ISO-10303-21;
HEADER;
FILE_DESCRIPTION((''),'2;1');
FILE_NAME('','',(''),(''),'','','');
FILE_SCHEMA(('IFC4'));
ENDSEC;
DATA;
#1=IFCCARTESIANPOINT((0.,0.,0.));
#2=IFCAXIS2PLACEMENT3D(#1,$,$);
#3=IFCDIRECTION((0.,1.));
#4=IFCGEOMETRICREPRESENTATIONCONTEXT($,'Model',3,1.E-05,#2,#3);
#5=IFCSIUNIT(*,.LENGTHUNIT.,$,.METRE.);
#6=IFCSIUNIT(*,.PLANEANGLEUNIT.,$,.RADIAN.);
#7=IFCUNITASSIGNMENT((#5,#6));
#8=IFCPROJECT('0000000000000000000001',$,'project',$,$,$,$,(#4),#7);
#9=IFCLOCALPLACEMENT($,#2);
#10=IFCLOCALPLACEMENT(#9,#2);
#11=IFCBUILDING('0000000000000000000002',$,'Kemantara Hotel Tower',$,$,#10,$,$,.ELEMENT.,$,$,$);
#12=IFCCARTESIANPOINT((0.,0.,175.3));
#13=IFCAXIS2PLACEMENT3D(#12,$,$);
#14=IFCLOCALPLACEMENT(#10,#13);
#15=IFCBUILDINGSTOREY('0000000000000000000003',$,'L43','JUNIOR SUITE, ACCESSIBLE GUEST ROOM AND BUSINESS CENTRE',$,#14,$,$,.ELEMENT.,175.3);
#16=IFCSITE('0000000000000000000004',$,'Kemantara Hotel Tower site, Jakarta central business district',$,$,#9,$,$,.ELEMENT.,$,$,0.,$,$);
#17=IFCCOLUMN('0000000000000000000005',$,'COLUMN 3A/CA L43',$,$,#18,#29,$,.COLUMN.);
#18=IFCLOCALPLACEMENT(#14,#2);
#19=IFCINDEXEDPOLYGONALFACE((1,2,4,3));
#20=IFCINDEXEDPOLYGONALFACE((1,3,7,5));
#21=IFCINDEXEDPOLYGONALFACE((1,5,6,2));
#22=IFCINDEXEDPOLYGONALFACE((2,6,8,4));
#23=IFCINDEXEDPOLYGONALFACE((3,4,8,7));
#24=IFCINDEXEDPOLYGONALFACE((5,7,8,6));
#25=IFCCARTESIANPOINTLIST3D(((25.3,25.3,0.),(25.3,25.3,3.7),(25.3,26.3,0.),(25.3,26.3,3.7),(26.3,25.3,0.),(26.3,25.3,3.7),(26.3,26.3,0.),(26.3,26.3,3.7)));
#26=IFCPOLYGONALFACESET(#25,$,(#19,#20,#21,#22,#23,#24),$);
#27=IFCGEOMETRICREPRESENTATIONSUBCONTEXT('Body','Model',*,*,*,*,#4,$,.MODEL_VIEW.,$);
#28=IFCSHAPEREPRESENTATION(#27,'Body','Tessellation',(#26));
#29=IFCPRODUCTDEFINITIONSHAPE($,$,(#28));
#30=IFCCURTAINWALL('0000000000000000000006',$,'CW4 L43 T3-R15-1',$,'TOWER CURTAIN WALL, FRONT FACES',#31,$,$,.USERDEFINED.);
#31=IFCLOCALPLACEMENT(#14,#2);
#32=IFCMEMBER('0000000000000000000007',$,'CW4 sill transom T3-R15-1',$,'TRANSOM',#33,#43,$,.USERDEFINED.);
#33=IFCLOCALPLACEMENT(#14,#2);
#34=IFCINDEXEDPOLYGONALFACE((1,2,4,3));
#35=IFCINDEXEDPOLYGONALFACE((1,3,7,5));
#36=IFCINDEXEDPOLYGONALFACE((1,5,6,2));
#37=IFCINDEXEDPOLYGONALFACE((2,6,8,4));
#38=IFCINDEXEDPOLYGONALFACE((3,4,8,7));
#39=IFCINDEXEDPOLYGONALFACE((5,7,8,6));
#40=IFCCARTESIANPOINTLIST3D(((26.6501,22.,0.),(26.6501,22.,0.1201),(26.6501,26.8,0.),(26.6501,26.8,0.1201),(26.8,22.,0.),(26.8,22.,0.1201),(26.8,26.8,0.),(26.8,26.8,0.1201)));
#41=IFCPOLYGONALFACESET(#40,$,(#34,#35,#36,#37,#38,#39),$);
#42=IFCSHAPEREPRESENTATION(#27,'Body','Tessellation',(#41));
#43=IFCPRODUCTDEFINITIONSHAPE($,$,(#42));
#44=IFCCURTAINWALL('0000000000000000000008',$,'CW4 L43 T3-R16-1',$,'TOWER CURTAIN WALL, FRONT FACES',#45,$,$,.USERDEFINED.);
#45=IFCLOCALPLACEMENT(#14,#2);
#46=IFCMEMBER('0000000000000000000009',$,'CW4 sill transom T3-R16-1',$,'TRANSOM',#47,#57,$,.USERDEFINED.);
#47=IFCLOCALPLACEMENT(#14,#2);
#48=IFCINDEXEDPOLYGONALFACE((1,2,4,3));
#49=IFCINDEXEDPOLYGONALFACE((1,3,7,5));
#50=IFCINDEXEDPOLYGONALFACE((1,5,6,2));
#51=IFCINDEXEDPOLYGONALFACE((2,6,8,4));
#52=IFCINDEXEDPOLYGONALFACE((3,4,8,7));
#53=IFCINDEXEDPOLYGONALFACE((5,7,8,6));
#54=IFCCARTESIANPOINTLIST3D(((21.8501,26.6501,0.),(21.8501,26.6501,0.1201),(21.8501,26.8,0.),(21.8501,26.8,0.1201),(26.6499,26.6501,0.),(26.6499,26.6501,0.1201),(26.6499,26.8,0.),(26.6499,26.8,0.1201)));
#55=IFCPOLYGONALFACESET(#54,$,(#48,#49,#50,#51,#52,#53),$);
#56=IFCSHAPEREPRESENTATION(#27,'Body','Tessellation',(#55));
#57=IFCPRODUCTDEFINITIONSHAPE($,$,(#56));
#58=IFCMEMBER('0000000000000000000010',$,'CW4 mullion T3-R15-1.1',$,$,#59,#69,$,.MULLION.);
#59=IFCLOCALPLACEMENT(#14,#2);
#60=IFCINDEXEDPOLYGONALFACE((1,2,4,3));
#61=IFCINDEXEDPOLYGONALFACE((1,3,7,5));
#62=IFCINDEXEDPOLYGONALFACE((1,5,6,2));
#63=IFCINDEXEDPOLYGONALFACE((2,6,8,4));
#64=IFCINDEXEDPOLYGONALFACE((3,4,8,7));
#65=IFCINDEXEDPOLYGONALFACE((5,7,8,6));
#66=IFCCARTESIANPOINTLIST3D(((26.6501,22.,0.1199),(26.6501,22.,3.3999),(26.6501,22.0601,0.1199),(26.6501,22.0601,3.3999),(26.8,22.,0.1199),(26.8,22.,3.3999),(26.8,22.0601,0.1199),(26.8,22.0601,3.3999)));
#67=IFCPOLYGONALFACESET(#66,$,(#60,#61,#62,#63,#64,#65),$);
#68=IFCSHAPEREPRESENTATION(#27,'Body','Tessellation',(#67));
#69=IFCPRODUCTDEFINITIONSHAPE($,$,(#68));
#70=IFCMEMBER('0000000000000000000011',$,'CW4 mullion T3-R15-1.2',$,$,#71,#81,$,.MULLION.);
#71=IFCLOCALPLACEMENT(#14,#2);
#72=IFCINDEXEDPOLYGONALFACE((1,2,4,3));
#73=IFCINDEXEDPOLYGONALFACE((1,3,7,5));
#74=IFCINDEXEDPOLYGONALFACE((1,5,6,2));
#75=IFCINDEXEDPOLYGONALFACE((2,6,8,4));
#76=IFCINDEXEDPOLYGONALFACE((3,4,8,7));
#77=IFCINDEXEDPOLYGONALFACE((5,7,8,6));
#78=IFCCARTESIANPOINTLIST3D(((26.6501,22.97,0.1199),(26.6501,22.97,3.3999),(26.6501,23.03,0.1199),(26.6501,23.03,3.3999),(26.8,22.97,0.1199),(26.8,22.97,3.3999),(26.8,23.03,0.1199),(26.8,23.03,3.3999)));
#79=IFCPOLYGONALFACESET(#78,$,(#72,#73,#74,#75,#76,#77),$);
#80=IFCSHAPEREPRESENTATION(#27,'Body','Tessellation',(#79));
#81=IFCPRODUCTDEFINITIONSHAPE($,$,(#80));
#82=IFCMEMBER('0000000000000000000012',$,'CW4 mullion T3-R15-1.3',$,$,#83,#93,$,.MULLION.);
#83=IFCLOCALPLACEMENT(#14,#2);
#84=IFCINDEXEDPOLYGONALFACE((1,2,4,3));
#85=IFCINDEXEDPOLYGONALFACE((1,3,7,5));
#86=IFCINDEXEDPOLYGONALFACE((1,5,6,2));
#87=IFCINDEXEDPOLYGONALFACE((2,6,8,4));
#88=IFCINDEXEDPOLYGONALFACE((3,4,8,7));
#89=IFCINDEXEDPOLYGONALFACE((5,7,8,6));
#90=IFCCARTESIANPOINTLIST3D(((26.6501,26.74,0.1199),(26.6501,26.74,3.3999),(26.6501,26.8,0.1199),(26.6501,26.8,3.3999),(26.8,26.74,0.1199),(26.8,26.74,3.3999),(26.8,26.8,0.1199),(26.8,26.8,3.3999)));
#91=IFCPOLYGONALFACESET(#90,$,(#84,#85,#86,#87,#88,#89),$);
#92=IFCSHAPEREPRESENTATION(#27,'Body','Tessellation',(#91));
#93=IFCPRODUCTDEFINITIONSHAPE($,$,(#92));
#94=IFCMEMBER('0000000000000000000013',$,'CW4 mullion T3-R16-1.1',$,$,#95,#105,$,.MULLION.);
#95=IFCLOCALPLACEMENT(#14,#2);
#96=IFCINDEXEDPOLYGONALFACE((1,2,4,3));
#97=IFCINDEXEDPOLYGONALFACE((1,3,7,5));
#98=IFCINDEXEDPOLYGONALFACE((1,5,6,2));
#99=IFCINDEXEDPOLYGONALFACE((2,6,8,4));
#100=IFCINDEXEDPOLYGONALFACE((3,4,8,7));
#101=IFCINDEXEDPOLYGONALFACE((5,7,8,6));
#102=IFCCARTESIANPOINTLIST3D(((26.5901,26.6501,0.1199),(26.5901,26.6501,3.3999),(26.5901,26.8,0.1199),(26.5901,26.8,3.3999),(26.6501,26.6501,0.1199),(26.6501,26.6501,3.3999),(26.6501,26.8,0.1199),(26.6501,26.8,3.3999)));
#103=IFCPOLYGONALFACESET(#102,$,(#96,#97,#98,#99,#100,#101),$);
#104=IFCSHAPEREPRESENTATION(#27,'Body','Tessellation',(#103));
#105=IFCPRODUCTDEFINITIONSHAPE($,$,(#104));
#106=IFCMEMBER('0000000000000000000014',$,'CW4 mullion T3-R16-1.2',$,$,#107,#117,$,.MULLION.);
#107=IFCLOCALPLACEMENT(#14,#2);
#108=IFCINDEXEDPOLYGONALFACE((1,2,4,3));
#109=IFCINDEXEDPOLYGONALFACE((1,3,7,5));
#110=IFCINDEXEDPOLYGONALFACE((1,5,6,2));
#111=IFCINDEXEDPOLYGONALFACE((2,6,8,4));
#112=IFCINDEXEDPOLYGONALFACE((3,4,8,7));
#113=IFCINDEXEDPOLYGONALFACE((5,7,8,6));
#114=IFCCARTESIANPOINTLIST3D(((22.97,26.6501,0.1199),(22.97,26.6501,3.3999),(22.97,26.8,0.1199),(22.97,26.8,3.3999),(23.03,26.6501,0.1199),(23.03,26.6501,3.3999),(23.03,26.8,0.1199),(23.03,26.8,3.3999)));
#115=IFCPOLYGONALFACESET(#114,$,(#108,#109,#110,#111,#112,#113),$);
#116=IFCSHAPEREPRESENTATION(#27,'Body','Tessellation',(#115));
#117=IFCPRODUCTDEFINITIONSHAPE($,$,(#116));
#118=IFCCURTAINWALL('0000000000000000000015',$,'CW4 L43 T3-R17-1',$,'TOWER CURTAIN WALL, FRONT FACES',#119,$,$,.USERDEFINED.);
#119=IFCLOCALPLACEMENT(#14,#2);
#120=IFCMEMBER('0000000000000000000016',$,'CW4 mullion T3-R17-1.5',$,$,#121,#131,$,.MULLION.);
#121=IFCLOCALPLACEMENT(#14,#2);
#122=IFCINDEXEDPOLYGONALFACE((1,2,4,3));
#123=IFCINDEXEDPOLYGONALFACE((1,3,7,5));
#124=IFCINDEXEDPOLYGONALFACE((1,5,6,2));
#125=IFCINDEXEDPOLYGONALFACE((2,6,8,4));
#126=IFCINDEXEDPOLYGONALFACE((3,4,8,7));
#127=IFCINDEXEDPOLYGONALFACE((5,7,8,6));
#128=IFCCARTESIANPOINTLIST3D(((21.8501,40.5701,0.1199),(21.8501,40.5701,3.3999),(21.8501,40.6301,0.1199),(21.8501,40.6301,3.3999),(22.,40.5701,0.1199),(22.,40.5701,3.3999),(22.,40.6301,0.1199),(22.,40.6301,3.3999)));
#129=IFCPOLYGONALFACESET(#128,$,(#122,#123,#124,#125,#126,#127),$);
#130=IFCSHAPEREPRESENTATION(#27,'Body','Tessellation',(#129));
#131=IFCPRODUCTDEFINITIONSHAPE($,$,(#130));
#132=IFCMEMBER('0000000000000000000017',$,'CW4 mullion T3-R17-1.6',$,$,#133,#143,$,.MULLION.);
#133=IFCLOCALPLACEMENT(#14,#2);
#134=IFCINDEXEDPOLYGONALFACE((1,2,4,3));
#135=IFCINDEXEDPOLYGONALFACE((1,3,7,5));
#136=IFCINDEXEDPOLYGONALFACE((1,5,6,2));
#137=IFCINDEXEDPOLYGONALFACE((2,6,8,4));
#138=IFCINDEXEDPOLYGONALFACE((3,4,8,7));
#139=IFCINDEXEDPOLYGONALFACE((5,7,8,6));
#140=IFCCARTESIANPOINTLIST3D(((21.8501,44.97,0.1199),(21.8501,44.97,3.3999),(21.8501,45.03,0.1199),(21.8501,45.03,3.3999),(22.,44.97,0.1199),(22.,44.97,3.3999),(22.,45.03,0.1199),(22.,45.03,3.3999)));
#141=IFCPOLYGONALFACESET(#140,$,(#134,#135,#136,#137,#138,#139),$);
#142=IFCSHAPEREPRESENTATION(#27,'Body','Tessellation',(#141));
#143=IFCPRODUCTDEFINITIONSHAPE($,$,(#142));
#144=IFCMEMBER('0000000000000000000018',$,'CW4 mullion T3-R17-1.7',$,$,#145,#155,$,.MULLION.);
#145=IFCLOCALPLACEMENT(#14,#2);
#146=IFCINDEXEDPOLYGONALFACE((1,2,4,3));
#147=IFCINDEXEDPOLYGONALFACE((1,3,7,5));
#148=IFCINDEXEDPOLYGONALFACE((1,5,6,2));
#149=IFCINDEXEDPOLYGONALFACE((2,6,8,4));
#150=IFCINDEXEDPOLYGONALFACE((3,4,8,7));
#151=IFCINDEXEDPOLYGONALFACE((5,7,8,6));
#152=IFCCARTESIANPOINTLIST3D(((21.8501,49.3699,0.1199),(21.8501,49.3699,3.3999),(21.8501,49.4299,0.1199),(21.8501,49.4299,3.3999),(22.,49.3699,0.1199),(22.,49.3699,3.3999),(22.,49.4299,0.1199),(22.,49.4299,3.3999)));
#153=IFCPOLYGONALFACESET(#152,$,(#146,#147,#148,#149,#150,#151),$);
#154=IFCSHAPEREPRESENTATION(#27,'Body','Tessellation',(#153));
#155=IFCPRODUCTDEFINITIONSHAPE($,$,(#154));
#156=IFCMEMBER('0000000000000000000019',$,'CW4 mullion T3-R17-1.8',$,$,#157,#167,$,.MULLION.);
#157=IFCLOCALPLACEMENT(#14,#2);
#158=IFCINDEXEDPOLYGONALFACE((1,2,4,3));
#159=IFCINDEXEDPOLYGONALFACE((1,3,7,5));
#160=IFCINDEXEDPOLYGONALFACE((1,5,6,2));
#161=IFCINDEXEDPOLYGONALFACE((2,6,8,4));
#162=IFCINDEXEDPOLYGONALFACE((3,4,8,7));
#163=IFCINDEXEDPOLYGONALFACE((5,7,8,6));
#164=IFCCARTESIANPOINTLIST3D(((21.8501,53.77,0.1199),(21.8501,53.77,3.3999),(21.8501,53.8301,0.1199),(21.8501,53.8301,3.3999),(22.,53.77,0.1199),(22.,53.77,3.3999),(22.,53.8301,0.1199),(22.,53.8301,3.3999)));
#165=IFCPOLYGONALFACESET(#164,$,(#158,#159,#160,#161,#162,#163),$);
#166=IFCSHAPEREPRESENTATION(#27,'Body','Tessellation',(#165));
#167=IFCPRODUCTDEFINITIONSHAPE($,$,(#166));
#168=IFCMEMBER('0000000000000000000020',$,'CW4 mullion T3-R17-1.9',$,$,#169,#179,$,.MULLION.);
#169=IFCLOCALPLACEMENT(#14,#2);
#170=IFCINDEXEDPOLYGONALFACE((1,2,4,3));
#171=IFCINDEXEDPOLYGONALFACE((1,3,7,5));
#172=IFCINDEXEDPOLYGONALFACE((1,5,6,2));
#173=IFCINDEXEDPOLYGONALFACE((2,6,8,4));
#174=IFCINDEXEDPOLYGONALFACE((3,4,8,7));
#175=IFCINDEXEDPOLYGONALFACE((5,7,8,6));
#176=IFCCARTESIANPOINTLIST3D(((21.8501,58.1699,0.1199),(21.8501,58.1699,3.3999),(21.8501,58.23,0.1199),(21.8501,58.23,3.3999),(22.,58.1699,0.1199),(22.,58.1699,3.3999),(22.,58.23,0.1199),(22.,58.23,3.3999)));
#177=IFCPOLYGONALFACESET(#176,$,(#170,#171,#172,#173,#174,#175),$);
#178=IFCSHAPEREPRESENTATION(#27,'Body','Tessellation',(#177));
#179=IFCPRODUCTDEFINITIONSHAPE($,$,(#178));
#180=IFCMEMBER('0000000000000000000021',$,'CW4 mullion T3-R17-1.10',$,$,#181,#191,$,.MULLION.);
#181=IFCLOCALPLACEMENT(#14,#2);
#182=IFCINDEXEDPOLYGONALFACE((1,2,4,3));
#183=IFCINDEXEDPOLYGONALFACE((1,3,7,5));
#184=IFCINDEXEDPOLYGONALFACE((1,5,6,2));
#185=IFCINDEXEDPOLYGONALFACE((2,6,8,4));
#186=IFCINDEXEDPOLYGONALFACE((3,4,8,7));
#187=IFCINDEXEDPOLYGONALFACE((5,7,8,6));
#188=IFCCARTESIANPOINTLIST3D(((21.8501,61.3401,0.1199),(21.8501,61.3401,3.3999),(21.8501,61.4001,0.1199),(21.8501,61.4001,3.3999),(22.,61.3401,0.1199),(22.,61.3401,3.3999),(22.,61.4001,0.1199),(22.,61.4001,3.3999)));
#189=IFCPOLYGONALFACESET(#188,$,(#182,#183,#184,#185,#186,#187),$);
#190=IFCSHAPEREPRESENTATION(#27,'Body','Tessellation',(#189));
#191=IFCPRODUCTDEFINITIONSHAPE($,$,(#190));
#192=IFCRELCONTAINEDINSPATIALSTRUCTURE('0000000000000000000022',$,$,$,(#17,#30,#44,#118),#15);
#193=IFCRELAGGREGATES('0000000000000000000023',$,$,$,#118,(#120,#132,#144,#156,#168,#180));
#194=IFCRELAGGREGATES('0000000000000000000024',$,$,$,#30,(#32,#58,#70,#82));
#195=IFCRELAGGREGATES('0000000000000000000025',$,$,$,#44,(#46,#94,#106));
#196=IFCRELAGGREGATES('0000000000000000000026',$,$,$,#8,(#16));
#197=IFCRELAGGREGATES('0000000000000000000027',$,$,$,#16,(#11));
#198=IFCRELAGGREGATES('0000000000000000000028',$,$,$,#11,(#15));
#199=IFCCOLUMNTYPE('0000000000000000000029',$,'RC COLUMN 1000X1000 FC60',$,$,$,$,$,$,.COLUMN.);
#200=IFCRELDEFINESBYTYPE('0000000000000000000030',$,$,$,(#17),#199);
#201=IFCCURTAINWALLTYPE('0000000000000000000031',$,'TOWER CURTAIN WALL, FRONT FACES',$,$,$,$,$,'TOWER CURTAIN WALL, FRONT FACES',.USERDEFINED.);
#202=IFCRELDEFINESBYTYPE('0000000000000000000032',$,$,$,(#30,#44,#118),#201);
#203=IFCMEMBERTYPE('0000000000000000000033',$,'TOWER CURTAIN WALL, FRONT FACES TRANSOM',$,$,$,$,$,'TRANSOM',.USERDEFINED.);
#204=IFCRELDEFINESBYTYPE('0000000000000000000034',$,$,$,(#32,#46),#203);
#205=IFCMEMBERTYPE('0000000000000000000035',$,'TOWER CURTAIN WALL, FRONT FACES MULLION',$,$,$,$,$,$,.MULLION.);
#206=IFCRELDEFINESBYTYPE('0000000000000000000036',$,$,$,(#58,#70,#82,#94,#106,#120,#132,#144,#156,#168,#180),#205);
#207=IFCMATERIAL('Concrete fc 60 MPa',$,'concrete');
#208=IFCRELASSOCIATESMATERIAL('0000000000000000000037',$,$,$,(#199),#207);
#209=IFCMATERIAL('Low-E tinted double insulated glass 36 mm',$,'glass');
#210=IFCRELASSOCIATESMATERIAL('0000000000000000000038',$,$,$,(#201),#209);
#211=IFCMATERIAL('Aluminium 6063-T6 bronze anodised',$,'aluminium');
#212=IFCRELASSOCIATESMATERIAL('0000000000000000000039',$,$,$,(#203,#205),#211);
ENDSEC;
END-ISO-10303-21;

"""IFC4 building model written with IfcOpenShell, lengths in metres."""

from ifc_helpers import new_model, si_unit, direction, frame, origin, origin_2d, place, context, subcontext, project, spatial, rectangle, extrude, source, transform, mapped, material, material_profile, profile_set, type_object, element, aggregate, save


model = new_model("IFC4")

# Units and contexts
model_context = context("Model", 3, precision=1e-05, world=origin(), true_north=direction((0.0, 1.0)))
body_context = subcontext(model_context, "Body", "Model", "MODEL_VIEW")
ifc_project = project(units=[si_unit("LENGTHUNIT", "METRE"), si_unit("PLANEANGLEUNIT", "RADIAN")], contexts=[model_context])

# Site, building, storey
site_placement = place(None, origin())
site = spatial("IfcSite", under=ifc_project, at=site_placement, Name="Kemantara Hotel Tower site, Jakarta central business district", CompositionType="ELEMENT", RefElevation=0.0)
building_placement = place(site_placement, origin())
building = spatial("IfcBuilding", under=site, at=building_placement, Name="Kemantara Hotel Tower", CompositionType="ELEMENT")
storey_placement = place(building_placement, frame((0.0, 0.0, 175.3)))
storey = spatial("IfcBuildingStorey", under=building, at=storey_placement, Name="L43", Description="JUNIOR SUITE, ACCESSIBLE GUEST ROOM AND BUSINESS CENTRE", CompositionType="ELEMENT", Elevation=175.3)

# Column
ifc_material_1 = material(Name="Concrete fc 60 MPa", Category="concrete")
ifc_material_profile_1 = material_profile(ifc_material_1, rectangle(XDim=1.0, YDim=1.0, at=origin_2d()), Name="RC 1000X1000")
ifc_profile_set_1 = profile_set([ifc_material_profile_1], Name="Concrete fc 60 MPa")
column_type = type_object("IfcColumnType", Name="RC COLUMN 1000X1000 FC60", PredefinedType="COLUMN", material=ifc_profile_set_1)
column_placement = place(storey_placement, frame((25.8, 25.8, 0.0), z_axis=(0.0, 0.0, 1.0), x_axis=(1.0, 0.0, 0.0)))
element("IfcColumn", 1, at=column_placement, inside=storey, type_object=column_type, Name="COLUMN 3A/CA L43", PredefinedType="COLUMN", context=body_context, shape_type="SweptSolid", body=[
    extrude(rectangle(XDim=1.0, YDim=1.0, at=origin_2d()), origin(), (0.0, 0.0, 1.0), 3.7),
])

# Curtain walls, members
ifc_material_2 = material(Name="Low-E tinted double insulated glass 36 mm", Category="glass")
curtain_wall_type = type_object("IfcCurtainWallType", Name="TOWER CURTAIN WALL, FRONT FACES", ElementType="TOWER CURTAIN WALL, FRONT FACES", PredefinedType="USERDEFINED", material=ifc_material_2)
curtain_wall_1_placement = place(storey_placement, origin())
curtain_wall_1 = element("IfcCurtainWall", 2, at=curtain_wall_1_placement, inside=storey, type_object=curtain_wall_type, Name="CW4 L43 T3-R15-1", ObjectType="TOWER CURTAIN WALL, FRONT FACES", PredefinedType="USERDEFINED")
ifc_material_3 = material(Name="Aluminium 6063-T6 bronze anodised", Category="aluminium")
ifc_material_profile_2 = material_profile(ifc_material_3, rectangle(XDim=0.1499, YDim=0.1201, at=origin_2d()), Name="TOWER CURTAIN WALL, FRONT FACES TRANSOM")
ifc_profile_set_2 = profile_set([ifc_material_profile_2], Name="Aluminium 6063-T6 bronze anodised")
member_type_1 = type_object("IfcMemberType", Name="TOWER CURTAIN WALL, FRONT FACES TRANSOM", ElementType="TRANSOM", PredefinedType="USERDEFINED", material=ifc_profile_set_2)
member_1_placement = place(storey_placement, frame((26.7251, 22.0, 0.0601), z_axis=(0.0, 1.0, 0.0), x_axis=(-1.0, 0.0, 0.0)))
member_1 = element("IfcMember", 3, at=member_1_placement, type_object=member_type_1, Name="CW4 sill transom T3-R15-1", ObjectType="TRANSOM", PredefinedType="USERDEFINED", context=body_context, shape_type="SweptSolid", body=[
    extrude(rectangle(XDim=0.1499, YDim=0.1201, at=origin_2d()), origin(), (0.0, 0.0, 1.0), 4.8),
])
curtain_wall_2_placement = place(storey_placement, origin())
curtain_wall_2 = element("IfcCurtainWall", 4, at=curtain_wall_2_placement, inside=storey, type_object=curtain_wall_type, Name="CW4 L43 T3-R16-1", ObjectType="TOWER CURTAIN WALL, FRONT FACES", PredefinedType="USERDEFINED")
member_2_placement = place(storey_placement, frame((26.6499, 26.7251, 0.0601), z_axis=(-1.0, 0.0, 0.0), x_axis=(0.0, -1.0, 0.0)))
member_2 = element("IfcMember", 5, at=member_2_placement, type_object=member_type_1, Name="CW4 sill transom T3-R16-1", ObjectType="TRANSOM", PredefinedType="USERDEFINED", context=body_context, shape_type="SweptSolid", body=[
    extrude(rectangle(XDim=0.1499, YDim=0.1201, at=origin_2d()), origin(), (0.0, 0.0, 1.0), 4.7998),
])

# Members
ifc_material_profile_3 = material_profile(ifc_material_3, rectangle(XDim=0.1499, YDim=0.0601, at=origin_2d()), Name="TOWER CURTAIN WALL, FRONT FACES MULLION")
ifc_profile_set_3 = profile_set([ifc_material_profile_3], Name="Aluminium 6063-T6 bronze anodised")
member_type_2 = type_object("IfcMemberType", Name="TOWER CURTAIN WALL, FRONT FACES MULLION", PredefinedType="MULLION", material=ifc_profile_set_3)
shared_shape_1 = source(origin(), body_context, "Body", "SweptSolid", [
    extrude(rectangle(XDim=0.1499, YDim=0.0601, at=origin_2d()), origin(), (0.0, 0.0, 1.0), 3.28),
])
member_3_placement = place(storey_placement, frame((26.7251, 22.03, 0.1199), z_axis=(0.0, 0.0, 1.0), x_axis=(-1.0, 0.0, 0.0)))
member_3 = element("IfcMember", 6, at=member_3_placement, type_object=member_type_2, Name="CW4 mullion T3-R15-1.1", PredefinedType="MULLION", context=body_context, shape_type="MappedRepresentation", body=[
    mapped(shared_shape_1, transform((0.0, 0.0, 0.0))),
])
member_4_placement = place(storey_placement, frame((26.7251, 23.0, 0.1199), z_axis=(0.0, 0.0, 1.0), x_axis=(-1.0, 0.0, 0.0)))
member_4 = element("IfcMember", 7, at=member_4_placement, type_object=member_type_2, Name="CW4 mullion T3-R15-1.2", PredefinedType="MULLION", context=body_context, shape_type="MappedRepresentation", body=[
    mapped(shared_shape_1, transform((0.0, 0.0, 0.0))),
])
member_5_placement = place(storey_placement, frame((26.7251, 26.77, 0.1199), z_axis=(0.0, 0.0, 1.0), x_axis=(-1.0, 0.0, 0.0)))
member_5 = element("IfcMember", 8, at=member_5_placement, type_object=member_type_2, Name="CW4 mullion T3-R15-1.3", PredefinedType="MULLION", context=body_context, shape_type="MappedRepresentation", body=[
    mapped(shared_shape_1, transform((0.0, 0.0, 0.0))),
])
member_6_placement = place(storey_placement, frame((26.6201, 26.7251, 0.1199), z_axis=(0.0, 0.0, 1.0), x_axis=(0.0, -1.0, 0.0)))
member_6 = element("IfcMember", 9, at=member_6_placement, type_object=member_type_2, Name="CW4 mullion T3-R16-1.1", PredefinedType="MULLION", context=body_context, shape_type="MappedRepresentation", body=[
    mapped(shared_shape_1, transform((0.0, 0.0, 0.0))),
])
member_7_placement = place(storey_placement, frame((23.0, 26.7251, 0.1199), z_axis=(0.0, 0.0, 1.0), x_axis=(0.0, -1.0, 0.0)))
member_7 = element("IfcMember", 10, at=member_7_placement, type_object=member_type_2, Name="CW4 mullion T3-R16-1.2", PredefinedType="MULLION", context=body_context, shape_type="MappedRepresentation", body=[
    mapped(shared_shape_1, transform((0.0, 0.0, 0.0))),
])

# Curtain wall, members
curtain_wall_3_placement = place(storey_placement, origin())
curtain_wall_3 = element("IfcCurtainWall", 11, at=curtain_wall_3_placement, inside=storey, type_object=curtain_wall_type, Name="CW4 L43 T3-R17-1", ObjectType="TOWER CURTAIN WALL, FRONT FACES", PredefinedType="USERDEFINED")
member_8_placement = place(storey_placement, frame((21.925, 40.6001, 0.1199), z_axis=(0.0, 0.0, 1.0), x_axis=(-1.0, 0.0, 0.0)))
member_8 = element("IfcMember", 12, at=member_8_placement, type_object=member_type_2, Name="CW4 mullion T3-R17-1.5", PredefinedType="MULLION", context=body_context, shape_type="MappedRepresentation", body=[
    mapped(shared_shape_1, transform((0.0, 0.0, 0.0))),
])
member_9_placement = place(storey_placement, frame((21.925, 45.0, 0.1199), z_axis=(0.0, 0.0, 1.0), x_axis=(-1.0, 0.0, 0.0)))
member_9 = element("IfcMember", 13, at=member_9_placement, type_object=member_type_2, Name="CW4 mullion T3-R17-1.6", PredefinedType="MULLION", context=body_context, shape_type="MappedRepresentation", body=[
    mapped(shared_shape_1, transform((0.0, 0.0, 0.0))),
])
member_10_placement = place(storey_placement, frame((21.925, 49.3999, 0.1199), z_axis=(0.0, 0.0, 1.0), x_axis=(-1.0, 0.0, 0.0)))
member_10 = element("IfcMember", 14, at=member_10_placement, type_object=member_type_2, Name="CW4 mullion T3-R17-1.7", PredefinedType="MULLION", context=body_context, shape_type="MappedRepresentation", body=[
    mapped(shared_shape_1, transform((0.0, 0.0, 0.0))),
])
member_11_placement = place(storey_placement, frame((21.925, 53.8, 0.1199), z_axis=(0.0, 0.0, 1.0), x_axis=(-1.0, 0.0, 0.0)))
member_11 = element("IfcMember", 15, at=member_11_placement, type_object=member_type_2, Name="CW4 mullion T3-R17-1.8", PredefinedType="MULLION", context=body_context, shape_type="MappedRepresentation", body=[
    mapped(shared_shape_1, transform((0.0, 0.0, 0.0))),
])
member_12_placement = place(storey_placement, frame((21.925, 58.2, 0.1199), z_axis=(0.0, 0.0, 1.0), x_axis=(-1.0, 0.0, 0.0)))
member_12 = element("IfcMember", 16, at=member_12_placement, type_object=member_type_2, Name="CW4 mullion T3-R17-1.9", PredefinedType="MULLION", context=body_context, shape_type="MappedRepresentation", body=[
    mapped(shared_shape_1, transform((0.0, 0.0, 0.0))),
])
member_13_placement = place(storey_placement, frame((21.925, 61.3701, 0.1199), z_axis=(0.0, 0.0, 1.0), x_axis=(-1.0, 0.0, 0.0)))
member_13 = element("IfcMember", 17, at=member_13_placement, type_object=member_type_2, Name="CW4 mullion T3-R17-1.10", PredefinedType="MULLION", context=body_context, shape_type="MappedRepresentation", body=[
    mapped(shared_shape_1, transform((0.0, 0.0, 0.0))),
])
aggregate(curtain_wall_3, [member_8, member_9, member_10, member_11, member_12, member_13])

aggregate(curtain_wall_1, [member_1, member_3, member_4, member_5])
aggregate(curtain_wall_2, [member_2, member_6, member_7])

save(model, "model.ifc")
